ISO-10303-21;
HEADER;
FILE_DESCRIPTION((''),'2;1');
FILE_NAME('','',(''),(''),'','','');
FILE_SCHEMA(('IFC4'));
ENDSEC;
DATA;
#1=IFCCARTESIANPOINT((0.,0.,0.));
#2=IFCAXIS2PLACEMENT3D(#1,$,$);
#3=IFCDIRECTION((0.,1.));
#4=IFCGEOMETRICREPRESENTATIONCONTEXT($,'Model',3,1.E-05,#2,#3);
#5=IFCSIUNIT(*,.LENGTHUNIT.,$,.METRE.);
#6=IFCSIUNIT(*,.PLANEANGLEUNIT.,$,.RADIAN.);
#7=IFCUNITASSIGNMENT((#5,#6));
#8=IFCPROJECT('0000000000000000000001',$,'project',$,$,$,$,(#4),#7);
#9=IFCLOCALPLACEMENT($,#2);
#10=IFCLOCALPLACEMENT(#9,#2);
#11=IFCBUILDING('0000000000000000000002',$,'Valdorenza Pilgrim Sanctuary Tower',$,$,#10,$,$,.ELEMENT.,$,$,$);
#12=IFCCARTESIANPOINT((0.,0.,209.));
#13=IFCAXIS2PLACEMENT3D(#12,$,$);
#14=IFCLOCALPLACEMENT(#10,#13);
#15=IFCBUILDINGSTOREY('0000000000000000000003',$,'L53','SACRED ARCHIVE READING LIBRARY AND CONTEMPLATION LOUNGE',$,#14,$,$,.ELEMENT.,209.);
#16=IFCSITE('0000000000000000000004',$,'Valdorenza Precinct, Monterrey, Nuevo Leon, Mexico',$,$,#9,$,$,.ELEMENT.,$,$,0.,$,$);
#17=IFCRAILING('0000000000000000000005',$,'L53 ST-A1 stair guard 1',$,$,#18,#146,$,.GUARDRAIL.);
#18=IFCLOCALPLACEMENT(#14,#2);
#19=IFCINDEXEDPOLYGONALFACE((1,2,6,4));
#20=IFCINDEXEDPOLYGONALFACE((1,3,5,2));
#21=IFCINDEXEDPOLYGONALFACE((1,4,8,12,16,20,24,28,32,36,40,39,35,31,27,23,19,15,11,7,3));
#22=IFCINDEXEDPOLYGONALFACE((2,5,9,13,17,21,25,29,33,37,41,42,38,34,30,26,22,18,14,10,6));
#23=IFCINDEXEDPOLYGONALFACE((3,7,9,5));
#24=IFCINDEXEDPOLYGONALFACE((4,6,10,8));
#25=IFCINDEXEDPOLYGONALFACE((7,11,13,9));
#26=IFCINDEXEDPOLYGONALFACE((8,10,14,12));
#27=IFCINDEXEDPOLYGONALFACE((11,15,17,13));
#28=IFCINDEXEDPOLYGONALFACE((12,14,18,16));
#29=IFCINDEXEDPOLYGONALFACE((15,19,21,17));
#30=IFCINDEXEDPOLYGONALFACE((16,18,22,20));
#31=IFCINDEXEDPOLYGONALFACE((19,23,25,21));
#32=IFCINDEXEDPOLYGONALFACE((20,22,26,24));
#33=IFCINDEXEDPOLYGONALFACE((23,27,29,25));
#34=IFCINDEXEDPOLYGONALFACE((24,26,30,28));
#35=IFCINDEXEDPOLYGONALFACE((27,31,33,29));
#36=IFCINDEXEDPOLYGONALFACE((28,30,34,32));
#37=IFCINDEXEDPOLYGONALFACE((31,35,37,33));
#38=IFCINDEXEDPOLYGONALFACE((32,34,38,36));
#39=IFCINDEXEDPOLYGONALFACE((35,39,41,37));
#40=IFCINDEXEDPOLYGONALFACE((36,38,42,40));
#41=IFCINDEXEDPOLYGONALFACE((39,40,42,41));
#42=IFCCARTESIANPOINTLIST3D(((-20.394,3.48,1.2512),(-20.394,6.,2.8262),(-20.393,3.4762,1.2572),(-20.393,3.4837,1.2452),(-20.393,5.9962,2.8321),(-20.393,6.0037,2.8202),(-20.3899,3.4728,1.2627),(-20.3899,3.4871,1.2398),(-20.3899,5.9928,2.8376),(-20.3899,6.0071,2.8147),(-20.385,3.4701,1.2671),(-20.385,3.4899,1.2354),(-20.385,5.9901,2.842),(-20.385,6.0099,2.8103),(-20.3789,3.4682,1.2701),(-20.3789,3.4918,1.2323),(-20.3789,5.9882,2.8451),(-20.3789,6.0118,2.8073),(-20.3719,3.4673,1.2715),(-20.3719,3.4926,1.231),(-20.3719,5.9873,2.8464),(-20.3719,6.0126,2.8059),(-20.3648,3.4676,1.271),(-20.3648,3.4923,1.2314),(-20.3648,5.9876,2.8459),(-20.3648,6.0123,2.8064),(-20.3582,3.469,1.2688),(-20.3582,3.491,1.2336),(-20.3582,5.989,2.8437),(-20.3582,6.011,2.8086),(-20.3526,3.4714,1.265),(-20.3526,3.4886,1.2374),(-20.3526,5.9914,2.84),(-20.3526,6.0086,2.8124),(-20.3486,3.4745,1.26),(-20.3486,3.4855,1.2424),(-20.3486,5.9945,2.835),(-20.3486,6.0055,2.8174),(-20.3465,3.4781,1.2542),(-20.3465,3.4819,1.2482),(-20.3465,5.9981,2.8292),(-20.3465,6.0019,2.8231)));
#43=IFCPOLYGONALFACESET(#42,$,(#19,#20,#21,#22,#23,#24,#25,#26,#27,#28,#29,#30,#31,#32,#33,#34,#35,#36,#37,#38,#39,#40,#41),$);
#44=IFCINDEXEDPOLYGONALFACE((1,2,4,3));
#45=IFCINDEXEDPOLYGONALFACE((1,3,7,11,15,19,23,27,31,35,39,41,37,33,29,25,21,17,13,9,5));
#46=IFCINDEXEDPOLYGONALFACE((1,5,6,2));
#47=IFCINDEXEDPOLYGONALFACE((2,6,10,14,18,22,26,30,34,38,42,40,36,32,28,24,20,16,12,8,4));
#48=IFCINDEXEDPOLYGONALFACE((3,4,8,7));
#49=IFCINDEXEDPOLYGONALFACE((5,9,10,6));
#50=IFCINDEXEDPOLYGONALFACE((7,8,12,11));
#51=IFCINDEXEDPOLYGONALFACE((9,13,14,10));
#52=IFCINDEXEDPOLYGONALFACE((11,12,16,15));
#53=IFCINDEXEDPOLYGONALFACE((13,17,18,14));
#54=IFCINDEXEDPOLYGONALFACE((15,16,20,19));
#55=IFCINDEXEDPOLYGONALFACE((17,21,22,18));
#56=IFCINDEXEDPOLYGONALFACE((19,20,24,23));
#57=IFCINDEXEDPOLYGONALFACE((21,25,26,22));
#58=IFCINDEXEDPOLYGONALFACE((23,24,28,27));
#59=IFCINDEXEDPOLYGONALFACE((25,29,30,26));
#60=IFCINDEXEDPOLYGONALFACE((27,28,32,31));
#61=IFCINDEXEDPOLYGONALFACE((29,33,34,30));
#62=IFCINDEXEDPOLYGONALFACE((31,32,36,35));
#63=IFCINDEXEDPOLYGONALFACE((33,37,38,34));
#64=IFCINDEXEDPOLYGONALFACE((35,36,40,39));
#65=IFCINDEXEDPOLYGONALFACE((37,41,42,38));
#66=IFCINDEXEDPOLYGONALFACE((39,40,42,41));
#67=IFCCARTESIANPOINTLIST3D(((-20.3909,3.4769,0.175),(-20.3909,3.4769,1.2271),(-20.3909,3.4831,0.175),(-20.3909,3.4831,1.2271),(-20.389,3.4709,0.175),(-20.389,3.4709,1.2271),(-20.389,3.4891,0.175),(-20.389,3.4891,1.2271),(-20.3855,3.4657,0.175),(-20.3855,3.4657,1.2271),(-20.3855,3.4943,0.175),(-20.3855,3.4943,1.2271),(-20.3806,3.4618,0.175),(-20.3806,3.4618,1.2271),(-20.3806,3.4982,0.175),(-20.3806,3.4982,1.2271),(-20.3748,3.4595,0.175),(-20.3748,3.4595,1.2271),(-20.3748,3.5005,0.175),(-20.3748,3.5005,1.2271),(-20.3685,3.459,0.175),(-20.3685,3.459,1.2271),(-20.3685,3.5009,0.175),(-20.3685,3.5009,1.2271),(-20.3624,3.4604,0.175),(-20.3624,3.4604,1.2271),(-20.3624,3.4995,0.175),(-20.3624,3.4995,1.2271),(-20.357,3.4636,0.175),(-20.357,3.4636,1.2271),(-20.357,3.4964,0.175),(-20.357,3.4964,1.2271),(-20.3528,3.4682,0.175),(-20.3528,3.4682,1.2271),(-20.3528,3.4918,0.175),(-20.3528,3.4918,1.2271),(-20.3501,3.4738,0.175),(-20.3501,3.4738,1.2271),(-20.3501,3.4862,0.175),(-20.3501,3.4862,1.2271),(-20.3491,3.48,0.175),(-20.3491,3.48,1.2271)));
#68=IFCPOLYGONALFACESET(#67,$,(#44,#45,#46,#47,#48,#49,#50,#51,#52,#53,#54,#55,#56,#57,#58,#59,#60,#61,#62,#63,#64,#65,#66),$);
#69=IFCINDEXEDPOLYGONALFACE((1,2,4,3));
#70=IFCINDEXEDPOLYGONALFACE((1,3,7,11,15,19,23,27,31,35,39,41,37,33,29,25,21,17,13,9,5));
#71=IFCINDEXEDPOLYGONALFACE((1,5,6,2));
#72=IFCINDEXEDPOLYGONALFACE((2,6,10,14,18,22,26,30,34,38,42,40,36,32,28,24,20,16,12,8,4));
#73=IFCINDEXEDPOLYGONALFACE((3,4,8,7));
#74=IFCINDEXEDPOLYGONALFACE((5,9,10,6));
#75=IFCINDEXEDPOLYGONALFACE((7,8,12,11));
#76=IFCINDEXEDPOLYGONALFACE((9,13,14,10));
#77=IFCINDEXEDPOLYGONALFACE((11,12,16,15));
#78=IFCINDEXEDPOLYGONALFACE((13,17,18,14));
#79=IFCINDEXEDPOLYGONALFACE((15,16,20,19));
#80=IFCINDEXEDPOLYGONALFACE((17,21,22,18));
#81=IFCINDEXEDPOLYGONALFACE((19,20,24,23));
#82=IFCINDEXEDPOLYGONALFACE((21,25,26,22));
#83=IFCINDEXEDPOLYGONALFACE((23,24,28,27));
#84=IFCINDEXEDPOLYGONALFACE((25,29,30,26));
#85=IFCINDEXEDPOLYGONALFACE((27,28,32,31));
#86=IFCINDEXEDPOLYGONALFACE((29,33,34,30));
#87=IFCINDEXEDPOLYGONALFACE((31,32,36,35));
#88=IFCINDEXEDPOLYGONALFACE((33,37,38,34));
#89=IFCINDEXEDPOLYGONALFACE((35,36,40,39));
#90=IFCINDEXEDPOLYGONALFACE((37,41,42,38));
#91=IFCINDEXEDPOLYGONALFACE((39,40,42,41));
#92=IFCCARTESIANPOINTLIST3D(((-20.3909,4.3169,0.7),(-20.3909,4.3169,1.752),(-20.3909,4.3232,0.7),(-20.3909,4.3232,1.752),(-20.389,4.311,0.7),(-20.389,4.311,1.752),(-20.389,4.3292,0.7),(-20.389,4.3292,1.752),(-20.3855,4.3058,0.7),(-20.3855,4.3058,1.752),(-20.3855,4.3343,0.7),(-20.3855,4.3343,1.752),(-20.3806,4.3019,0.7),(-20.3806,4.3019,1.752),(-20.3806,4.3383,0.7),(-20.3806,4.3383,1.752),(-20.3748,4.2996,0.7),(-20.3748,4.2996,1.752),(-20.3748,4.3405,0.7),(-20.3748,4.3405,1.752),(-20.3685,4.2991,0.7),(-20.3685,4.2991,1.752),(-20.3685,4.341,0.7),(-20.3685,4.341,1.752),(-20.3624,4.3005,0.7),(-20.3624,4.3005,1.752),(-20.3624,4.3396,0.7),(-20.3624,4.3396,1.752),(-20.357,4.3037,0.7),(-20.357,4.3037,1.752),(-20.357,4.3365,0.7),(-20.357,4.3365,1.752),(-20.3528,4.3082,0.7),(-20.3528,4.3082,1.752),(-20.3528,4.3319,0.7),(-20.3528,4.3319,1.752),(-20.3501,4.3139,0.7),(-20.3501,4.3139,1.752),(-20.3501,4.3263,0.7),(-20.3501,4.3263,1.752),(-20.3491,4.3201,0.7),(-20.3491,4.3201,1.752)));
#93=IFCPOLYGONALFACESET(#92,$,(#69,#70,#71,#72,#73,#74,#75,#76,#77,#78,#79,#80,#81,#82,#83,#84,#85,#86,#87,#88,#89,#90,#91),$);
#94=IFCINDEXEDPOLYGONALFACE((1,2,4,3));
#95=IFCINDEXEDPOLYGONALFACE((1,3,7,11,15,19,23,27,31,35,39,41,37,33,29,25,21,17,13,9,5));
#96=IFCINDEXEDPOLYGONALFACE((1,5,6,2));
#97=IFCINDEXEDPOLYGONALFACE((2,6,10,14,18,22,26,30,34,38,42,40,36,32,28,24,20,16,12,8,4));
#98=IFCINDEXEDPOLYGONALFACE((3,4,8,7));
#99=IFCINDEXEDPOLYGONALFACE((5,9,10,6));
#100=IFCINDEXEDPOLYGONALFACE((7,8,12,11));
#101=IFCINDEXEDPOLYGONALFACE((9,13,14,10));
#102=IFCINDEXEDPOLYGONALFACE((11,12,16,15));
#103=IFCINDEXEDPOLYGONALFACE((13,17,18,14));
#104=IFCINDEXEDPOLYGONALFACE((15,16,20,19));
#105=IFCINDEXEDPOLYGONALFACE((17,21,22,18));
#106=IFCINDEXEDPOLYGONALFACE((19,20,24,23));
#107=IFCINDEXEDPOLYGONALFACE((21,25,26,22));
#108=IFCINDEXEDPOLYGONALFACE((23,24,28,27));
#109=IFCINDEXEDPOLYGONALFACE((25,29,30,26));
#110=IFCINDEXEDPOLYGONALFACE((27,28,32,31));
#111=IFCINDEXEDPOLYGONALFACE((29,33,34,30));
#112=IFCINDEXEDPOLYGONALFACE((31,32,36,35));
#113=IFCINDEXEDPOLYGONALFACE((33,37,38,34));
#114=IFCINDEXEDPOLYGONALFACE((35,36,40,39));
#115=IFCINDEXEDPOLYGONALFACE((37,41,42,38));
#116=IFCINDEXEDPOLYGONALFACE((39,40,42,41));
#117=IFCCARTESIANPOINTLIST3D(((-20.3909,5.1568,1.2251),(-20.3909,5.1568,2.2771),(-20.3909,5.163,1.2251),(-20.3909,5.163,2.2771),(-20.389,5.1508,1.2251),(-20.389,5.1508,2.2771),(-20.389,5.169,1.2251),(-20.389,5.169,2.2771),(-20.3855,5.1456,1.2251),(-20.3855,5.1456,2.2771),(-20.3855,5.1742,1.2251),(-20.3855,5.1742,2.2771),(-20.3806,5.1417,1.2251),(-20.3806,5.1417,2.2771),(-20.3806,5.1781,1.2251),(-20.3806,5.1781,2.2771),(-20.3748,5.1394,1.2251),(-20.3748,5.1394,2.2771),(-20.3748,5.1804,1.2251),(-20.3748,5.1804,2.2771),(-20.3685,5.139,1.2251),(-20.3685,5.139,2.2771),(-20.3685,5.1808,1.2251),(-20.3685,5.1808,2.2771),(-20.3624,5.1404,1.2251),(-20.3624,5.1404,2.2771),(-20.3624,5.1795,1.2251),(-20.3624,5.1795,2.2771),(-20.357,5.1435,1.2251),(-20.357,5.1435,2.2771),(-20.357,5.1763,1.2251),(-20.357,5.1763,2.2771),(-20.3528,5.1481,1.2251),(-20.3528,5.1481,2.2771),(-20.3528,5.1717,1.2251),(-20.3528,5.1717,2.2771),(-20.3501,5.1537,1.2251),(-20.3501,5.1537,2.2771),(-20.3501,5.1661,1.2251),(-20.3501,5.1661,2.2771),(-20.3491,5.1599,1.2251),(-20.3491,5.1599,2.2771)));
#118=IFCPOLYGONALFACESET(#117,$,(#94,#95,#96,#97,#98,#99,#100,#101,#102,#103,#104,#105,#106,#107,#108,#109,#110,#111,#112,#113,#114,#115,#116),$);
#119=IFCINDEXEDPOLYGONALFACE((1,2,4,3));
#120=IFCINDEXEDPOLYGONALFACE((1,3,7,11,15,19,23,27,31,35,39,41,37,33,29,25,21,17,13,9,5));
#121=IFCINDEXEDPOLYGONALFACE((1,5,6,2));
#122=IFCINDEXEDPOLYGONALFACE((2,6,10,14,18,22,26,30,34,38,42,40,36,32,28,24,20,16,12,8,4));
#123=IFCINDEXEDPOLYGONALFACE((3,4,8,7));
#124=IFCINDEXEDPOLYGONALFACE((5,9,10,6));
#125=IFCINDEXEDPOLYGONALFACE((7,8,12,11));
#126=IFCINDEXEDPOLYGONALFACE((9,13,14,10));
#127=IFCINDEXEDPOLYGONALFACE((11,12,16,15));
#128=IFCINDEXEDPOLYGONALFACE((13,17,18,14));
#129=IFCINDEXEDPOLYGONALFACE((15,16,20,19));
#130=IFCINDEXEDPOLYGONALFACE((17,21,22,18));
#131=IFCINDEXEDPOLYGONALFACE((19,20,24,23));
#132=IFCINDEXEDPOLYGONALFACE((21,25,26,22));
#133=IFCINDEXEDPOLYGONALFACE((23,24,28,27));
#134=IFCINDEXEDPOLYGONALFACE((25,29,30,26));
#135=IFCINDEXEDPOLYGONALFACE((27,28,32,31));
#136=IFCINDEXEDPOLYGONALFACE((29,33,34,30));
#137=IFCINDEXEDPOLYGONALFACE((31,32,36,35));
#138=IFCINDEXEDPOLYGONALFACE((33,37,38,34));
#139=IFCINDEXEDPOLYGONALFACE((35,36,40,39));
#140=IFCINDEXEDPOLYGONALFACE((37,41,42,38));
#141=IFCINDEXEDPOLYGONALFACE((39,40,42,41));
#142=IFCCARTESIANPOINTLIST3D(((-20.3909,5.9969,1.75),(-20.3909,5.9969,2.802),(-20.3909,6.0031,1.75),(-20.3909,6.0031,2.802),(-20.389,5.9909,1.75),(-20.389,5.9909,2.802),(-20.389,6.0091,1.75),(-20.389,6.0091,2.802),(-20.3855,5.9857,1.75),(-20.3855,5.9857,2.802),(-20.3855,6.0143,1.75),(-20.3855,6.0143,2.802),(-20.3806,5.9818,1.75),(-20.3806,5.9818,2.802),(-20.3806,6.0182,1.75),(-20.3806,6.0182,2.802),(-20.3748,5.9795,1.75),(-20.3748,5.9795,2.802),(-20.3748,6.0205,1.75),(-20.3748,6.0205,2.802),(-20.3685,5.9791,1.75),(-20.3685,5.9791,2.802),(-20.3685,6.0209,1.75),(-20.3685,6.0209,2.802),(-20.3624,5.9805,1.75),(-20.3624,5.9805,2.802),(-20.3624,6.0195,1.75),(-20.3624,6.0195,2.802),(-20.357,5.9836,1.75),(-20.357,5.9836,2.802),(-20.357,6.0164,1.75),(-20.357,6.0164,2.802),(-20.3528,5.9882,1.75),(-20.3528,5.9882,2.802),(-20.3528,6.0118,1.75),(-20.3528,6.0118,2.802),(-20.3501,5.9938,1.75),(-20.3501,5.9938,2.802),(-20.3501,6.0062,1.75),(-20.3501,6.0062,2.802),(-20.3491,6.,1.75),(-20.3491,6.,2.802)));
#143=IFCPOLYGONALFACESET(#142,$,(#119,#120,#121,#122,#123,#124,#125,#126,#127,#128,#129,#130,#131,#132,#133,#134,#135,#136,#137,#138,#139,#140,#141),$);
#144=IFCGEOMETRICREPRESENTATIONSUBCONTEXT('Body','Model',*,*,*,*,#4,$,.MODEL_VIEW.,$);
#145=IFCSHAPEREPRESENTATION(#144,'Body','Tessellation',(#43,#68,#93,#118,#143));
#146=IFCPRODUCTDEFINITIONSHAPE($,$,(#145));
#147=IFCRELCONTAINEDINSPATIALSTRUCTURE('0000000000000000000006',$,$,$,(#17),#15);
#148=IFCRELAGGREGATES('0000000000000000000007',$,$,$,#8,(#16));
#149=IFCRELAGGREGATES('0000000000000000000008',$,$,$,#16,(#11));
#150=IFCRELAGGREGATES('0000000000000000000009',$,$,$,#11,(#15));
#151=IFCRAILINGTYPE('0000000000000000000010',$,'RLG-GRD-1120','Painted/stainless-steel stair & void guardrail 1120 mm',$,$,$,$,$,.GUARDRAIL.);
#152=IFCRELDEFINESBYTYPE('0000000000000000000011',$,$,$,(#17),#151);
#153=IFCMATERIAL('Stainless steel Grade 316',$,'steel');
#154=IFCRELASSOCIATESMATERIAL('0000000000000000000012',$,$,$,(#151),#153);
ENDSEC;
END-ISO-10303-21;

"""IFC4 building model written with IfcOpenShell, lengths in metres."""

from ifc_helpers import new_model, si_unit, direction, frame, origin, origin_2d, place, context, subcontext, project, spatial, circle, extrude, material, type_object, element, save


model = new_model("IFC4")

# Units and contexts
model_context = context("Model", 3, precision=1e-05, world=origin(), true_north=direction((0.0, 1.0)))
body_context = subcontext(model_context, "Body", "Model", "MODEL_VIEW")
ifc_project = project(units=[si_unit("LENGTHUNIT", "METRE"), si_unit("PLANEANGLEUNIT", "RADIAN")], contexts=[model_context])

# Site, building, storey
site_placement = place(None, origin())
site = spatial("IfcSite", under=ifc_project, at=site_placement, Name="Valdorenza Precinct, Monterrey, Nuevo Leon, Mexico", CompositionType="ELEMENT", RefElevation=0.0)
building_placement = place(site_placement, origin())
building = spatial("IfcBuilding", under=site, at=building_placement, Name="Valdorenza Pilgrim Sanctuary Tower", CompositionType="ELEMENT")
storey_placement = place(building_placement, frame((0.0, 0.0, 209.0)))
storey = spatial("IfcBuildingStorey", under=building, at=storey_placement, Name="L53", Description="SACRED ARCHIVE READING LIBRARY AND CONTEMPLATION LOUNGE", CompositionType="ELEMENT", Elevation=209.0)

# Railing
ifc_material_1 = material(Name="Stainless steel Grade 316", Category="steel")
railing_type_1 = type_object("IfcRailingType", Name="RLG-GRD-1120", Description="Painted/stainless-steel stair & void guardrail 1120 mm", PredefinedType="GUARDRAIL", material=ifc_material_1)
railing_1_placement = place(storey_placement, frame((-20.3701, 3.48, 0.175)))
element("IfcRailing", 1, at=railing_1_placement, inside=storey, type_object=railing_type_1, Name="L53 ST-A1 stair guard 1", PredefinedType="GUARDRAIL", context=body_context, shape_type="SweptSolid", body=[
    extrude(circle(Radius=0.0239, at=origin_2d()), frame((0.0, 0.0, 1.0762), z_axis=(0.0, 0.848008, 0.529984), x_axis=(-1.0, 0.0, 0.0)), (0.0, 0.0, 1.0), 2.9717),
    extrude(circle(Radius=0.021, at=origin_2d()), origin(), (0.0, 0.0, 1.0), 1.052),
    extrude(circle(Radius=0.021, at=origin_2d()), frame((0.0, 0.8401, 0.5249)), (0.0, 0.0, 1.0), 1.052),
    extrude(circle(Radius=0.021, at=origin_2d()), frame((0.0, 1.6799, 1.05)), (0.0, 0.0, 1.0), 1.052),
    extrude(circle(Radius=0.021, at=origin_2d()), frame((0.0, 2.52, 1.575)), (0.0, 0.0, 1.0), 1.052),
])

save(model, "model.ifc")
